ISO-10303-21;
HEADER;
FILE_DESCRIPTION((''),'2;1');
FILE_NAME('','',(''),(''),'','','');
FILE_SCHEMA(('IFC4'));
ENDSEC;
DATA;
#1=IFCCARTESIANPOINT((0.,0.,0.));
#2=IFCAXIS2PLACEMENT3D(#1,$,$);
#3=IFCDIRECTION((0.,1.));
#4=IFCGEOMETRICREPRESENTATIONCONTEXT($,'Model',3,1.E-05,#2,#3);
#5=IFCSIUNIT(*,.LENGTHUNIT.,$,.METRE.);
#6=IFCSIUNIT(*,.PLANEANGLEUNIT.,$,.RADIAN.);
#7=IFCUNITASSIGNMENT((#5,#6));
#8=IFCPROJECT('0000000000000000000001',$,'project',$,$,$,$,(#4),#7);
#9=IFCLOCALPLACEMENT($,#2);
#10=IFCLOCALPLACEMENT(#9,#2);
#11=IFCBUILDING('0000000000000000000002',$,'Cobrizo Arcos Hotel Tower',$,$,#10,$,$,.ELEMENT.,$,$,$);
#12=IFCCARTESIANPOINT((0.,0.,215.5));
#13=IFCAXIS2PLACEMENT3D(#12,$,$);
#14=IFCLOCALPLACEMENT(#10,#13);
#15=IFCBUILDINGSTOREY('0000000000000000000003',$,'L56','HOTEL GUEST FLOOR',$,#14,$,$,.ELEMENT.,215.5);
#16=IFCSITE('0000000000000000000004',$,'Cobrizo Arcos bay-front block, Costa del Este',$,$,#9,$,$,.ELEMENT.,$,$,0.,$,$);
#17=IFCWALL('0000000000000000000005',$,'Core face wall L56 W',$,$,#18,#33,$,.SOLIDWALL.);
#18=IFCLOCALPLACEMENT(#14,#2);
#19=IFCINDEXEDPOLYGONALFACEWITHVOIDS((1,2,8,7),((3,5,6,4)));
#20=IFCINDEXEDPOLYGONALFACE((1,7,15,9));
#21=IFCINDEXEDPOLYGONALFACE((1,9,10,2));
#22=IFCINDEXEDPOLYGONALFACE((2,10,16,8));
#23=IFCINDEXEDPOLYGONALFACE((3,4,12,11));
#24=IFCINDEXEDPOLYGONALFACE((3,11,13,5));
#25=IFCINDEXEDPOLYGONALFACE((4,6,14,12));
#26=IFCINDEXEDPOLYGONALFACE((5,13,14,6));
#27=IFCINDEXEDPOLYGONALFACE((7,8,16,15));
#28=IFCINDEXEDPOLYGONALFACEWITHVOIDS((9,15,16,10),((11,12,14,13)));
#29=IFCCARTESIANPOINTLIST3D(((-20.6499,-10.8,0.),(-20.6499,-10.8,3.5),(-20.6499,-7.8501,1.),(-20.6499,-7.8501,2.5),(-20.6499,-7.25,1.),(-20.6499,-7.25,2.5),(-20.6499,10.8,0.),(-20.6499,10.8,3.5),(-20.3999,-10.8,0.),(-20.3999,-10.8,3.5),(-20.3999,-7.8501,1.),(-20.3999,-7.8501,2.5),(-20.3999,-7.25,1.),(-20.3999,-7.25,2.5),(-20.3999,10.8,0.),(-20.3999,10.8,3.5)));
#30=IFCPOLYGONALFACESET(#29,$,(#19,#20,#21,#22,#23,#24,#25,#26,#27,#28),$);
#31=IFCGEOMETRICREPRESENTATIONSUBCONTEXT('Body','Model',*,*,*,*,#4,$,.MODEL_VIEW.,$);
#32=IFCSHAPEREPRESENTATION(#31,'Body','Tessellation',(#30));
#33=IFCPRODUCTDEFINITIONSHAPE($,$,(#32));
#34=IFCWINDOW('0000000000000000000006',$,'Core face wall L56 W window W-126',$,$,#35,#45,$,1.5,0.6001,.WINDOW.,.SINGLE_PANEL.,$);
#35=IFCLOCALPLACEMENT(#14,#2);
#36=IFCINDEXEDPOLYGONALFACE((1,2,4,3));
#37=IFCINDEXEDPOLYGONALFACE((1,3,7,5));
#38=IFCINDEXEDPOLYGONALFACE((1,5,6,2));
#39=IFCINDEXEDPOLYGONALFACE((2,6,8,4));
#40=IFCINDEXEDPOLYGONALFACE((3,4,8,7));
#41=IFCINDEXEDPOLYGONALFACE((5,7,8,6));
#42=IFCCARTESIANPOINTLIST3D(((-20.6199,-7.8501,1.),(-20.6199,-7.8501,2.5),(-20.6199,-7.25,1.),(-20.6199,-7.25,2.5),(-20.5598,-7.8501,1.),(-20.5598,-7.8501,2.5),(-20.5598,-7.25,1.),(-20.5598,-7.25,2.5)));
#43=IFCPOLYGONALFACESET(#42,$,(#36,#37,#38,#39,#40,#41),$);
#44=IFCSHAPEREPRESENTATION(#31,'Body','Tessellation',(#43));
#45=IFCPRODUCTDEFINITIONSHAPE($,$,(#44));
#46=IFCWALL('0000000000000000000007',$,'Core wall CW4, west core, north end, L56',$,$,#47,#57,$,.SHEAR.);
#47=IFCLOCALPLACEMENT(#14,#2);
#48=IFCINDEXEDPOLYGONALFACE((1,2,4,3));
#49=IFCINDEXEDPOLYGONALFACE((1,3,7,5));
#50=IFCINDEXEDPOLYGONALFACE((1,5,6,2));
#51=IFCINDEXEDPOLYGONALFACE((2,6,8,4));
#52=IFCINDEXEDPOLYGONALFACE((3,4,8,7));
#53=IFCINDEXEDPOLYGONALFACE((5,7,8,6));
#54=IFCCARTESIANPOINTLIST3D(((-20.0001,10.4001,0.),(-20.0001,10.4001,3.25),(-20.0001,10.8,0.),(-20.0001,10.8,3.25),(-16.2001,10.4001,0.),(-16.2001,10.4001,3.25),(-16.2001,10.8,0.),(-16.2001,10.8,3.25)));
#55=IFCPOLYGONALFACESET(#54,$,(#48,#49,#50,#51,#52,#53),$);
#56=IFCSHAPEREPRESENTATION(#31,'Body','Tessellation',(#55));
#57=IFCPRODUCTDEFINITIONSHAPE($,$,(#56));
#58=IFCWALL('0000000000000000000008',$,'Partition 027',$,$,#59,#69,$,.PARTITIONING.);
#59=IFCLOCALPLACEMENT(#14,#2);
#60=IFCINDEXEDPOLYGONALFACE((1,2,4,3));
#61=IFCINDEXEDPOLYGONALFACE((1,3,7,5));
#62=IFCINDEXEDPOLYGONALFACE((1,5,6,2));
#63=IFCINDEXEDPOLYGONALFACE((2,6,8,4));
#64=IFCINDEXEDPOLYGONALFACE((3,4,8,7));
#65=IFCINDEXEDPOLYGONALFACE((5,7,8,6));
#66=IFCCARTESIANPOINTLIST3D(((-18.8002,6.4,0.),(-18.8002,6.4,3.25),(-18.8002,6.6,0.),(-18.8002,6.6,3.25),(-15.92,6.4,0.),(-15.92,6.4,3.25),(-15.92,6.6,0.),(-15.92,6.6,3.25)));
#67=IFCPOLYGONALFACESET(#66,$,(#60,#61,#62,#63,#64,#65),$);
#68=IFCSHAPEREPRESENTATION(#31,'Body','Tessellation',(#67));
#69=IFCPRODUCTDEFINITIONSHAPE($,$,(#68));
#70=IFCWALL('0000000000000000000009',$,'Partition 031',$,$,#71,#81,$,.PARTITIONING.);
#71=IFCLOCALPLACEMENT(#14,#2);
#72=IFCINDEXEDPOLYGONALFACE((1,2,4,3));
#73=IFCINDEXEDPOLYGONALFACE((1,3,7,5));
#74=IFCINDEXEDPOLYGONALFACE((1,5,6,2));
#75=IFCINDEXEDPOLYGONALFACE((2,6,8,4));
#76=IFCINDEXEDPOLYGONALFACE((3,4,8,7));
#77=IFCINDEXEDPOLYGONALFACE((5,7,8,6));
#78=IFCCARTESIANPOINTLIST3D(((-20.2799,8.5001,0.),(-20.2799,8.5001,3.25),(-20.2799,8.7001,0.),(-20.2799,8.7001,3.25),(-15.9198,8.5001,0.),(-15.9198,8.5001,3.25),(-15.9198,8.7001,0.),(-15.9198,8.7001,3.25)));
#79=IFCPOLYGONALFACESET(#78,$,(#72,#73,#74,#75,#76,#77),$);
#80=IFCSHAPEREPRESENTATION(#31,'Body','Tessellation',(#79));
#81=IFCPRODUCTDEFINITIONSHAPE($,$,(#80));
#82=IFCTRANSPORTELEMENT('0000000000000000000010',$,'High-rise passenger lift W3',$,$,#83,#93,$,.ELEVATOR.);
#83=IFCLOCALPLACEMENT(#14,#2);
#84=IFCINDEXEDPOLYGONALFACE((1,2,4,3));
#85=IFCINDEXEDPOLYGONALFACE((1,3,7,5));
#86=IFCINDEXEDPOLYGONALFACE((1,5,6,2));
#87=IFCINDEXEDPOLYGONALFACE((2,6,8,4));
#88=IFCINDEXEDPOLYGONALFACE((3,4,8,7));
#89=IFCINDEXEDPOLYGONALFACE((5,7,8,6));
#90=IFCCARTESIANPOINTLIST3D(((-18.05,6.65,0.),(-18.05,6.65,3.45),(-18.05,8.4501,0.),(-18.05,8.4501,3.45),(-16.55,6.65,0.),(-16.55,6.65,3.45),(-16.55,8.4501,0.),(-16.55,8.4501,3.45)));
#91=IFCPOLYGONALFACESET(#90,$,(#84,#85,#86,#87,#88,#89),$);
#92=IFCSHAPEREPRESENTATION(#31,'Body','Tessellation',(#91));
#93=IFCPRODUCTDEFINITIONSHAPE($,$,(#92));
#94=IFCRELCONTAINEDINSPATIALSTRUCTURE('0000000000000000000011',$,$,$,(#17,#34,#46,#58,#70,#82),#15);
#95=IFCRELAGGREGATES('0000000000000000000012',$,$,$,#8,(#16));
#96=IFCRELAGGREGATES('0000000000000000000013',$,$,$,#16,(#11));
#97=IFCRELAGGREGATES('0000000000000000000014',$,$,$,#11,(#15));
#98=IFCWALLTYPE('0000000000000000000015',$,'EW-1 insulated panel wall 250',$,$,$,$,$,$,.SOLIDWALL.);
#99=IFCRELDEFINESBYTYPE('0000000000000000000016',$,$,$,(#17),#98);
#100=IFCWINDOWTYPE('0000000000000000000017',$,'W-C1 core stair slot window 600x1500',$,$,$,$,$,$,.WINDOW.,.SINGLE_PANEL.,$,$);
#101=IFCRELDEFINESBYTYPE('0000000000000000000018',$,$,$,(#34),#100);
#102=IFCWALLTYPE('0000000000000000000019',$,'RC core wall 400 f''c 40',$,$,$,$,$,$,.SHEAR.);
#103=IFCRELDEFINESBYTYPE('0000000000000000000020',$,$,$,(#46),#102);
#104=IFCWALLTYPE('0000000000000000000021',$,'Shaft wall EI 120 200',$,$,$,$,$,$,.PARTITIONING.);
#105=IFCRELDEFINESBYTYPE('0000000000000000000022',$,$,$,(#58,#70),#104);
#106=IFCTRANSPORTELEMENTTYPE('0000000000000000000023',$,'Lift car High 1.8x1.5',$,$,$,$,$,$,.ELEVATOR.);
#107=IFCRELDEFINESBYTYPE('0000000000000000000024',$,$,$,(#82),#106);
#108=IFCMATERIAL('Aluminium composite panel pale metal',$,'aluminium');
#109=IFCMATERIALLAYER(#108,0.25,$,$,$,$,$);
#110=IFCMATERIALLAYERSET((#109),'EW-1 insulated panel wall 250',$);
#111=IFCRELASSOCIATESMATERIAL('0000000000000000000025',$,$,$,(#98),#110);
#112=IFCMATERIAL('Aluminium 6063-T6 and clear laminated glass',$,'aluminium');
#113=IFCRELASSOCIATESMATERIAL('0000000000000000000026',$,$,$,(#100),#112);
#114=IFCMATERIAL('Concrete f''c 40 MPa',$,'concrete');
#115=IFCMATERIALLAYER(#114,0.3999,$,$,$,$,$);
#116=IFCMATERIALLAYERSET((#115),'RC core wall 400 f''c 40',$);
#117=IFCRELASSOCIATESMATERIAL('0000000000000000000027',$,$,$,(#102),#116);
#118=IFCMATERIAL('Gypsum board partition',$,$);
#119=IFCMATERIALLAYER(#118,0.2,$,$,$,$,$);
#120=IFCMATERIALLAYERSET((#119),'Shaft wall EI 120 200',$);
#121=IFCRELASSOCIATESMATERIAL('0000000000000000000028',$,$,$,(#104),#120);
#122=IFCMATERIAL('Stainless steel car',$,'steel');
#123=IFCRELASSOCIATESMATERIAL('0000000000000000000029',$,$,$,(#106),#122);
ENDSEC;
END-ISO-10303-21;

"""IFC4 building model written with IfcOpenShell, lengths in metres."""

from ifc_helpers import new_model, si_unit, direction, frame, frame_2d, origin, origin_2d, place, context, subcontext, project, spatial, rectangle, extrude, material, layer, layer_set, type_object, element, fill, save


model = new_model("IFC4")

# Units and contexts
model_context = context("Model", 3, precision=1e-05, world=origin(), true_north=direction((0.0, 1.0)))
body_context = subcontext(model_context, "Body", "Model", "MODEL_VIEW")
ifc_project = project(units=[si_unit("LENGTHUNIT", "METRE"), si_unit("PLANEANGLEUNIT", "RADIAN")], contexts=[model_context])

# Site, building, storey
site_placement = place(None, origin())
site = spatial("IfcSite", under=ifc_project, at=site_placement, Name="Cobrizo Arcos bay-front block, Costa del Este", CompositionType="ELEMENT", RefElevation=0.0)
building_placement = place(site_placement, origin())
building = spatial("IfcBuilding", under=site, at=building_placement, Name="Cobrizo Arcos Hotel Tower", CompositionType="ELEMENT")
storey_placement = place(building_placement, frame((0.0, 0.0, 215.5)))
storey = spatial("IfcBuildingStorey", under=building, at=storey_placement, Name="L56", Description="HOTEL GUEST FLOOR", CompositionType="ELEMENT", Elevation=215.5)

# Shared definitions
ifc_material_1 = material(Name="Gypsum board partition")

# Wall, opening, window
ifc_material_2 = material(Name="Aluminium composite panel pale metal", Category="aluminium")
ifc_layer_1 = layer(ifc_material_2, 0.25)
ifc_layer_set_1 = layer_set([ifc_layer_1], Name="EW-1 insulated panel wall 250")
wall_type_1 = type_object("IfcWallType", Name="EW-1 insulated panel wall 250", PredefinedType="SOLIDWALL", material=ifc_layer_set_1)
wall_1_placement = place(storey_placement, frame((-20.5249, 10.8, 0.0), z_axis=(0.0, 0.0, 1.0), x_axis=(0.0, -1.0, 0.0)))
wall_1 = element("IfcWall", 1, at=wall_1_placement, inside=storey, type_object=wall_type_1, Name="Core face wall L56 W", PredefinedType="SOLIDWALL", context=body_context, shape_type="SweptSolid", body=[
    extrude(rectangle(XDim=21.6001, YDim=0.25, at=frame_2d((10.8, 0.0))), origin(), (0.0, 0.0, 1.0), 3.5),
])
opening_1_placement = place(wall_1_placement, frame((18.05, 0.0, 1.0)))
opening_1 = element("IfcOpeningElement", 2, at=opening_1_placement, cuts=wall_1, PredefinedType="OPENING", context=body_context, shape_type="SweptSolid", body=[
    extrude(rectangle(XDim=0.6001, YDim=1.5, at=frame_2d((0.3, 0.75))), frame((0.0, 0.137, 0.0), z_axis=(0.0, -1.0, 0.0), x_axis=(1.0, 0.0, 0.0)), (0.0, 0.0, 1.0), 0.2739),
])
ifc_material_3 = material(Name="Aluminium 6063-T6 and clear laminated glass", Category="aluminium")
window_type = type_object("IfcWindowType", Name="W-C1 core stair slot window 600x1500", PartitioningType="SINGLE_PANEL", PredefinedType="WINDOW", material=ifc_material_3)
window_placement = place(opening_1_placement, origin())
window = element("IfcWindow", 3, at=window_placement, inside=storey, type_object=window_type, Name="Core face wall L56 W window W-126", OverallHeight=1.5, OverallWidth=0.6001, PartitioningType="SINGLE_PANEL", PredefinedType="WINDOW", context=body_context, shape_type="SweptSolid", body=[
    extrude(rectangle(XDim=0.6001, YDim=1.5, at=frame_2d((0.3, 0.75))), frame((0.0, -0.0349, 0.0), z_axis=(0.0, -1.0, 0.0), x_axis=(1.0, 0.0, 0.0)), (0.0, 0.0, 1.0), 0.0601),
])
fill(opening_1, window)

# Walls
ifc_material_4 = material(Name="Concrete f'c 40 MPa", Category="concrete")
ifc_layer_2 = layer(ifc_material_4, 0.3999)
ifc_layer_set_2 = layer_set([ifc_layer_2], Name="RC core wall 400 f'c 40")
wall_type_2 = type_object("IfcWallType", Name="RC core wall 400 f'c 40", PredefinedType="SHEAR", material=ifc_layer_set_2)
wall_2_placement = place(storey_placement, frame((-20.0, 10.6001, 0.0), z_axis=(0.0, 0.0, 1.0), x_axis=(1.0, 0.0, 0.0)))
element("IfcWall", 4, at=wall_2_placement, inside=storey, type_object=wall_type_2, Name="Core wall CW4, west core, north end, L56", PredefinedType="SHEAR", context=body_context, shape_type="SweptSolid", body=[
    extrude(rectangle(XDim=3.8, YDim=0.3999, at=frame_2d((1.8999, 0.0))), origin(), (0.0, 0.0, 1.0), 3.25),
])
ifc_layer_3 = layer(ifc_material_1, 0.2)
ifc_layer_set_3 = layer_set([ifc_layer_3], Name="Shaft wall EI 120 200")
wall_type_3 = type_object("IfcWallType", Name="Shaft wall EI 120 200", PredefinedType="PARTITIONING", material=ifc_layer_set_3)
wall_3_placement = place(storey_placement, frame((-18.8, 6.5, 0.0), z_axis=(0.0, 0.0, 1.0), x_axis=(1.0, 0.0, 0.0)))
element("IfcWall", 5, at=wall_3_placement, inside=storey, type_object=wall_type_3, Name="Partition 027", PredefinedType="PARTITIONING", context=body_context, shape_type="SweptSolid", body=[
    extrude(rectangle(XDim=2.8801, YDim=0.2, at=frame_2d((1.4399, 0.0))), origin(), (0.0, 0.0, 1.0), 3.25),
])
wall_4_placement = place(storey_placement, frame((-20.28, 8.6001, 0.0), z_axis=(0.0, 0.0, 1.0), x_axis=(1.0, 0.0, 0.0)))
element("IfcWall", 6, at=wall_4_placement, inside=storey, type_object=wall_type_3, Name="Partition 031", PredefinedType="PARTITIONING", context=body_context, shape_type="SweptSolid", body=[
    extrude(rectangle(XDim=4.3601, YDim=0.2, at=frame_2d((2.1802, 0.0))), origin(), (0.0, 0.0, 1.0), 3.25),
])

# Transport element
ifc_material_5 = material(Name="Stainless steel car", Category="steel")
transport_element_type = type_object("IfcTransportElementType", Name="Lift car High 1.8x1.5", PredefinedType="ELEVATOR", material=ifc_material_5)
transport_element_placement = place(storey_placement, frame((-17.3, 7.55, 0.0), z_axis=(0.0, 0.0, 1.0), x_axis=(1.0, 0.0, 0.0)))
element("IfcTransportElement", 7, at=transport_element_placement, inside=storey, type_object=transport_element_type, Name="High-rise passenger lift W3", PredefinedType="ELEVATOR", context=body_context, shape_type="SweptSolid", body=[
    extrude(rectangle(XDim=1.5, YDim=1.8, at=origin_2d()), origin(), (0.0, 0.0, 1.0), 3.45),
])

save(model, "model.ifc")
